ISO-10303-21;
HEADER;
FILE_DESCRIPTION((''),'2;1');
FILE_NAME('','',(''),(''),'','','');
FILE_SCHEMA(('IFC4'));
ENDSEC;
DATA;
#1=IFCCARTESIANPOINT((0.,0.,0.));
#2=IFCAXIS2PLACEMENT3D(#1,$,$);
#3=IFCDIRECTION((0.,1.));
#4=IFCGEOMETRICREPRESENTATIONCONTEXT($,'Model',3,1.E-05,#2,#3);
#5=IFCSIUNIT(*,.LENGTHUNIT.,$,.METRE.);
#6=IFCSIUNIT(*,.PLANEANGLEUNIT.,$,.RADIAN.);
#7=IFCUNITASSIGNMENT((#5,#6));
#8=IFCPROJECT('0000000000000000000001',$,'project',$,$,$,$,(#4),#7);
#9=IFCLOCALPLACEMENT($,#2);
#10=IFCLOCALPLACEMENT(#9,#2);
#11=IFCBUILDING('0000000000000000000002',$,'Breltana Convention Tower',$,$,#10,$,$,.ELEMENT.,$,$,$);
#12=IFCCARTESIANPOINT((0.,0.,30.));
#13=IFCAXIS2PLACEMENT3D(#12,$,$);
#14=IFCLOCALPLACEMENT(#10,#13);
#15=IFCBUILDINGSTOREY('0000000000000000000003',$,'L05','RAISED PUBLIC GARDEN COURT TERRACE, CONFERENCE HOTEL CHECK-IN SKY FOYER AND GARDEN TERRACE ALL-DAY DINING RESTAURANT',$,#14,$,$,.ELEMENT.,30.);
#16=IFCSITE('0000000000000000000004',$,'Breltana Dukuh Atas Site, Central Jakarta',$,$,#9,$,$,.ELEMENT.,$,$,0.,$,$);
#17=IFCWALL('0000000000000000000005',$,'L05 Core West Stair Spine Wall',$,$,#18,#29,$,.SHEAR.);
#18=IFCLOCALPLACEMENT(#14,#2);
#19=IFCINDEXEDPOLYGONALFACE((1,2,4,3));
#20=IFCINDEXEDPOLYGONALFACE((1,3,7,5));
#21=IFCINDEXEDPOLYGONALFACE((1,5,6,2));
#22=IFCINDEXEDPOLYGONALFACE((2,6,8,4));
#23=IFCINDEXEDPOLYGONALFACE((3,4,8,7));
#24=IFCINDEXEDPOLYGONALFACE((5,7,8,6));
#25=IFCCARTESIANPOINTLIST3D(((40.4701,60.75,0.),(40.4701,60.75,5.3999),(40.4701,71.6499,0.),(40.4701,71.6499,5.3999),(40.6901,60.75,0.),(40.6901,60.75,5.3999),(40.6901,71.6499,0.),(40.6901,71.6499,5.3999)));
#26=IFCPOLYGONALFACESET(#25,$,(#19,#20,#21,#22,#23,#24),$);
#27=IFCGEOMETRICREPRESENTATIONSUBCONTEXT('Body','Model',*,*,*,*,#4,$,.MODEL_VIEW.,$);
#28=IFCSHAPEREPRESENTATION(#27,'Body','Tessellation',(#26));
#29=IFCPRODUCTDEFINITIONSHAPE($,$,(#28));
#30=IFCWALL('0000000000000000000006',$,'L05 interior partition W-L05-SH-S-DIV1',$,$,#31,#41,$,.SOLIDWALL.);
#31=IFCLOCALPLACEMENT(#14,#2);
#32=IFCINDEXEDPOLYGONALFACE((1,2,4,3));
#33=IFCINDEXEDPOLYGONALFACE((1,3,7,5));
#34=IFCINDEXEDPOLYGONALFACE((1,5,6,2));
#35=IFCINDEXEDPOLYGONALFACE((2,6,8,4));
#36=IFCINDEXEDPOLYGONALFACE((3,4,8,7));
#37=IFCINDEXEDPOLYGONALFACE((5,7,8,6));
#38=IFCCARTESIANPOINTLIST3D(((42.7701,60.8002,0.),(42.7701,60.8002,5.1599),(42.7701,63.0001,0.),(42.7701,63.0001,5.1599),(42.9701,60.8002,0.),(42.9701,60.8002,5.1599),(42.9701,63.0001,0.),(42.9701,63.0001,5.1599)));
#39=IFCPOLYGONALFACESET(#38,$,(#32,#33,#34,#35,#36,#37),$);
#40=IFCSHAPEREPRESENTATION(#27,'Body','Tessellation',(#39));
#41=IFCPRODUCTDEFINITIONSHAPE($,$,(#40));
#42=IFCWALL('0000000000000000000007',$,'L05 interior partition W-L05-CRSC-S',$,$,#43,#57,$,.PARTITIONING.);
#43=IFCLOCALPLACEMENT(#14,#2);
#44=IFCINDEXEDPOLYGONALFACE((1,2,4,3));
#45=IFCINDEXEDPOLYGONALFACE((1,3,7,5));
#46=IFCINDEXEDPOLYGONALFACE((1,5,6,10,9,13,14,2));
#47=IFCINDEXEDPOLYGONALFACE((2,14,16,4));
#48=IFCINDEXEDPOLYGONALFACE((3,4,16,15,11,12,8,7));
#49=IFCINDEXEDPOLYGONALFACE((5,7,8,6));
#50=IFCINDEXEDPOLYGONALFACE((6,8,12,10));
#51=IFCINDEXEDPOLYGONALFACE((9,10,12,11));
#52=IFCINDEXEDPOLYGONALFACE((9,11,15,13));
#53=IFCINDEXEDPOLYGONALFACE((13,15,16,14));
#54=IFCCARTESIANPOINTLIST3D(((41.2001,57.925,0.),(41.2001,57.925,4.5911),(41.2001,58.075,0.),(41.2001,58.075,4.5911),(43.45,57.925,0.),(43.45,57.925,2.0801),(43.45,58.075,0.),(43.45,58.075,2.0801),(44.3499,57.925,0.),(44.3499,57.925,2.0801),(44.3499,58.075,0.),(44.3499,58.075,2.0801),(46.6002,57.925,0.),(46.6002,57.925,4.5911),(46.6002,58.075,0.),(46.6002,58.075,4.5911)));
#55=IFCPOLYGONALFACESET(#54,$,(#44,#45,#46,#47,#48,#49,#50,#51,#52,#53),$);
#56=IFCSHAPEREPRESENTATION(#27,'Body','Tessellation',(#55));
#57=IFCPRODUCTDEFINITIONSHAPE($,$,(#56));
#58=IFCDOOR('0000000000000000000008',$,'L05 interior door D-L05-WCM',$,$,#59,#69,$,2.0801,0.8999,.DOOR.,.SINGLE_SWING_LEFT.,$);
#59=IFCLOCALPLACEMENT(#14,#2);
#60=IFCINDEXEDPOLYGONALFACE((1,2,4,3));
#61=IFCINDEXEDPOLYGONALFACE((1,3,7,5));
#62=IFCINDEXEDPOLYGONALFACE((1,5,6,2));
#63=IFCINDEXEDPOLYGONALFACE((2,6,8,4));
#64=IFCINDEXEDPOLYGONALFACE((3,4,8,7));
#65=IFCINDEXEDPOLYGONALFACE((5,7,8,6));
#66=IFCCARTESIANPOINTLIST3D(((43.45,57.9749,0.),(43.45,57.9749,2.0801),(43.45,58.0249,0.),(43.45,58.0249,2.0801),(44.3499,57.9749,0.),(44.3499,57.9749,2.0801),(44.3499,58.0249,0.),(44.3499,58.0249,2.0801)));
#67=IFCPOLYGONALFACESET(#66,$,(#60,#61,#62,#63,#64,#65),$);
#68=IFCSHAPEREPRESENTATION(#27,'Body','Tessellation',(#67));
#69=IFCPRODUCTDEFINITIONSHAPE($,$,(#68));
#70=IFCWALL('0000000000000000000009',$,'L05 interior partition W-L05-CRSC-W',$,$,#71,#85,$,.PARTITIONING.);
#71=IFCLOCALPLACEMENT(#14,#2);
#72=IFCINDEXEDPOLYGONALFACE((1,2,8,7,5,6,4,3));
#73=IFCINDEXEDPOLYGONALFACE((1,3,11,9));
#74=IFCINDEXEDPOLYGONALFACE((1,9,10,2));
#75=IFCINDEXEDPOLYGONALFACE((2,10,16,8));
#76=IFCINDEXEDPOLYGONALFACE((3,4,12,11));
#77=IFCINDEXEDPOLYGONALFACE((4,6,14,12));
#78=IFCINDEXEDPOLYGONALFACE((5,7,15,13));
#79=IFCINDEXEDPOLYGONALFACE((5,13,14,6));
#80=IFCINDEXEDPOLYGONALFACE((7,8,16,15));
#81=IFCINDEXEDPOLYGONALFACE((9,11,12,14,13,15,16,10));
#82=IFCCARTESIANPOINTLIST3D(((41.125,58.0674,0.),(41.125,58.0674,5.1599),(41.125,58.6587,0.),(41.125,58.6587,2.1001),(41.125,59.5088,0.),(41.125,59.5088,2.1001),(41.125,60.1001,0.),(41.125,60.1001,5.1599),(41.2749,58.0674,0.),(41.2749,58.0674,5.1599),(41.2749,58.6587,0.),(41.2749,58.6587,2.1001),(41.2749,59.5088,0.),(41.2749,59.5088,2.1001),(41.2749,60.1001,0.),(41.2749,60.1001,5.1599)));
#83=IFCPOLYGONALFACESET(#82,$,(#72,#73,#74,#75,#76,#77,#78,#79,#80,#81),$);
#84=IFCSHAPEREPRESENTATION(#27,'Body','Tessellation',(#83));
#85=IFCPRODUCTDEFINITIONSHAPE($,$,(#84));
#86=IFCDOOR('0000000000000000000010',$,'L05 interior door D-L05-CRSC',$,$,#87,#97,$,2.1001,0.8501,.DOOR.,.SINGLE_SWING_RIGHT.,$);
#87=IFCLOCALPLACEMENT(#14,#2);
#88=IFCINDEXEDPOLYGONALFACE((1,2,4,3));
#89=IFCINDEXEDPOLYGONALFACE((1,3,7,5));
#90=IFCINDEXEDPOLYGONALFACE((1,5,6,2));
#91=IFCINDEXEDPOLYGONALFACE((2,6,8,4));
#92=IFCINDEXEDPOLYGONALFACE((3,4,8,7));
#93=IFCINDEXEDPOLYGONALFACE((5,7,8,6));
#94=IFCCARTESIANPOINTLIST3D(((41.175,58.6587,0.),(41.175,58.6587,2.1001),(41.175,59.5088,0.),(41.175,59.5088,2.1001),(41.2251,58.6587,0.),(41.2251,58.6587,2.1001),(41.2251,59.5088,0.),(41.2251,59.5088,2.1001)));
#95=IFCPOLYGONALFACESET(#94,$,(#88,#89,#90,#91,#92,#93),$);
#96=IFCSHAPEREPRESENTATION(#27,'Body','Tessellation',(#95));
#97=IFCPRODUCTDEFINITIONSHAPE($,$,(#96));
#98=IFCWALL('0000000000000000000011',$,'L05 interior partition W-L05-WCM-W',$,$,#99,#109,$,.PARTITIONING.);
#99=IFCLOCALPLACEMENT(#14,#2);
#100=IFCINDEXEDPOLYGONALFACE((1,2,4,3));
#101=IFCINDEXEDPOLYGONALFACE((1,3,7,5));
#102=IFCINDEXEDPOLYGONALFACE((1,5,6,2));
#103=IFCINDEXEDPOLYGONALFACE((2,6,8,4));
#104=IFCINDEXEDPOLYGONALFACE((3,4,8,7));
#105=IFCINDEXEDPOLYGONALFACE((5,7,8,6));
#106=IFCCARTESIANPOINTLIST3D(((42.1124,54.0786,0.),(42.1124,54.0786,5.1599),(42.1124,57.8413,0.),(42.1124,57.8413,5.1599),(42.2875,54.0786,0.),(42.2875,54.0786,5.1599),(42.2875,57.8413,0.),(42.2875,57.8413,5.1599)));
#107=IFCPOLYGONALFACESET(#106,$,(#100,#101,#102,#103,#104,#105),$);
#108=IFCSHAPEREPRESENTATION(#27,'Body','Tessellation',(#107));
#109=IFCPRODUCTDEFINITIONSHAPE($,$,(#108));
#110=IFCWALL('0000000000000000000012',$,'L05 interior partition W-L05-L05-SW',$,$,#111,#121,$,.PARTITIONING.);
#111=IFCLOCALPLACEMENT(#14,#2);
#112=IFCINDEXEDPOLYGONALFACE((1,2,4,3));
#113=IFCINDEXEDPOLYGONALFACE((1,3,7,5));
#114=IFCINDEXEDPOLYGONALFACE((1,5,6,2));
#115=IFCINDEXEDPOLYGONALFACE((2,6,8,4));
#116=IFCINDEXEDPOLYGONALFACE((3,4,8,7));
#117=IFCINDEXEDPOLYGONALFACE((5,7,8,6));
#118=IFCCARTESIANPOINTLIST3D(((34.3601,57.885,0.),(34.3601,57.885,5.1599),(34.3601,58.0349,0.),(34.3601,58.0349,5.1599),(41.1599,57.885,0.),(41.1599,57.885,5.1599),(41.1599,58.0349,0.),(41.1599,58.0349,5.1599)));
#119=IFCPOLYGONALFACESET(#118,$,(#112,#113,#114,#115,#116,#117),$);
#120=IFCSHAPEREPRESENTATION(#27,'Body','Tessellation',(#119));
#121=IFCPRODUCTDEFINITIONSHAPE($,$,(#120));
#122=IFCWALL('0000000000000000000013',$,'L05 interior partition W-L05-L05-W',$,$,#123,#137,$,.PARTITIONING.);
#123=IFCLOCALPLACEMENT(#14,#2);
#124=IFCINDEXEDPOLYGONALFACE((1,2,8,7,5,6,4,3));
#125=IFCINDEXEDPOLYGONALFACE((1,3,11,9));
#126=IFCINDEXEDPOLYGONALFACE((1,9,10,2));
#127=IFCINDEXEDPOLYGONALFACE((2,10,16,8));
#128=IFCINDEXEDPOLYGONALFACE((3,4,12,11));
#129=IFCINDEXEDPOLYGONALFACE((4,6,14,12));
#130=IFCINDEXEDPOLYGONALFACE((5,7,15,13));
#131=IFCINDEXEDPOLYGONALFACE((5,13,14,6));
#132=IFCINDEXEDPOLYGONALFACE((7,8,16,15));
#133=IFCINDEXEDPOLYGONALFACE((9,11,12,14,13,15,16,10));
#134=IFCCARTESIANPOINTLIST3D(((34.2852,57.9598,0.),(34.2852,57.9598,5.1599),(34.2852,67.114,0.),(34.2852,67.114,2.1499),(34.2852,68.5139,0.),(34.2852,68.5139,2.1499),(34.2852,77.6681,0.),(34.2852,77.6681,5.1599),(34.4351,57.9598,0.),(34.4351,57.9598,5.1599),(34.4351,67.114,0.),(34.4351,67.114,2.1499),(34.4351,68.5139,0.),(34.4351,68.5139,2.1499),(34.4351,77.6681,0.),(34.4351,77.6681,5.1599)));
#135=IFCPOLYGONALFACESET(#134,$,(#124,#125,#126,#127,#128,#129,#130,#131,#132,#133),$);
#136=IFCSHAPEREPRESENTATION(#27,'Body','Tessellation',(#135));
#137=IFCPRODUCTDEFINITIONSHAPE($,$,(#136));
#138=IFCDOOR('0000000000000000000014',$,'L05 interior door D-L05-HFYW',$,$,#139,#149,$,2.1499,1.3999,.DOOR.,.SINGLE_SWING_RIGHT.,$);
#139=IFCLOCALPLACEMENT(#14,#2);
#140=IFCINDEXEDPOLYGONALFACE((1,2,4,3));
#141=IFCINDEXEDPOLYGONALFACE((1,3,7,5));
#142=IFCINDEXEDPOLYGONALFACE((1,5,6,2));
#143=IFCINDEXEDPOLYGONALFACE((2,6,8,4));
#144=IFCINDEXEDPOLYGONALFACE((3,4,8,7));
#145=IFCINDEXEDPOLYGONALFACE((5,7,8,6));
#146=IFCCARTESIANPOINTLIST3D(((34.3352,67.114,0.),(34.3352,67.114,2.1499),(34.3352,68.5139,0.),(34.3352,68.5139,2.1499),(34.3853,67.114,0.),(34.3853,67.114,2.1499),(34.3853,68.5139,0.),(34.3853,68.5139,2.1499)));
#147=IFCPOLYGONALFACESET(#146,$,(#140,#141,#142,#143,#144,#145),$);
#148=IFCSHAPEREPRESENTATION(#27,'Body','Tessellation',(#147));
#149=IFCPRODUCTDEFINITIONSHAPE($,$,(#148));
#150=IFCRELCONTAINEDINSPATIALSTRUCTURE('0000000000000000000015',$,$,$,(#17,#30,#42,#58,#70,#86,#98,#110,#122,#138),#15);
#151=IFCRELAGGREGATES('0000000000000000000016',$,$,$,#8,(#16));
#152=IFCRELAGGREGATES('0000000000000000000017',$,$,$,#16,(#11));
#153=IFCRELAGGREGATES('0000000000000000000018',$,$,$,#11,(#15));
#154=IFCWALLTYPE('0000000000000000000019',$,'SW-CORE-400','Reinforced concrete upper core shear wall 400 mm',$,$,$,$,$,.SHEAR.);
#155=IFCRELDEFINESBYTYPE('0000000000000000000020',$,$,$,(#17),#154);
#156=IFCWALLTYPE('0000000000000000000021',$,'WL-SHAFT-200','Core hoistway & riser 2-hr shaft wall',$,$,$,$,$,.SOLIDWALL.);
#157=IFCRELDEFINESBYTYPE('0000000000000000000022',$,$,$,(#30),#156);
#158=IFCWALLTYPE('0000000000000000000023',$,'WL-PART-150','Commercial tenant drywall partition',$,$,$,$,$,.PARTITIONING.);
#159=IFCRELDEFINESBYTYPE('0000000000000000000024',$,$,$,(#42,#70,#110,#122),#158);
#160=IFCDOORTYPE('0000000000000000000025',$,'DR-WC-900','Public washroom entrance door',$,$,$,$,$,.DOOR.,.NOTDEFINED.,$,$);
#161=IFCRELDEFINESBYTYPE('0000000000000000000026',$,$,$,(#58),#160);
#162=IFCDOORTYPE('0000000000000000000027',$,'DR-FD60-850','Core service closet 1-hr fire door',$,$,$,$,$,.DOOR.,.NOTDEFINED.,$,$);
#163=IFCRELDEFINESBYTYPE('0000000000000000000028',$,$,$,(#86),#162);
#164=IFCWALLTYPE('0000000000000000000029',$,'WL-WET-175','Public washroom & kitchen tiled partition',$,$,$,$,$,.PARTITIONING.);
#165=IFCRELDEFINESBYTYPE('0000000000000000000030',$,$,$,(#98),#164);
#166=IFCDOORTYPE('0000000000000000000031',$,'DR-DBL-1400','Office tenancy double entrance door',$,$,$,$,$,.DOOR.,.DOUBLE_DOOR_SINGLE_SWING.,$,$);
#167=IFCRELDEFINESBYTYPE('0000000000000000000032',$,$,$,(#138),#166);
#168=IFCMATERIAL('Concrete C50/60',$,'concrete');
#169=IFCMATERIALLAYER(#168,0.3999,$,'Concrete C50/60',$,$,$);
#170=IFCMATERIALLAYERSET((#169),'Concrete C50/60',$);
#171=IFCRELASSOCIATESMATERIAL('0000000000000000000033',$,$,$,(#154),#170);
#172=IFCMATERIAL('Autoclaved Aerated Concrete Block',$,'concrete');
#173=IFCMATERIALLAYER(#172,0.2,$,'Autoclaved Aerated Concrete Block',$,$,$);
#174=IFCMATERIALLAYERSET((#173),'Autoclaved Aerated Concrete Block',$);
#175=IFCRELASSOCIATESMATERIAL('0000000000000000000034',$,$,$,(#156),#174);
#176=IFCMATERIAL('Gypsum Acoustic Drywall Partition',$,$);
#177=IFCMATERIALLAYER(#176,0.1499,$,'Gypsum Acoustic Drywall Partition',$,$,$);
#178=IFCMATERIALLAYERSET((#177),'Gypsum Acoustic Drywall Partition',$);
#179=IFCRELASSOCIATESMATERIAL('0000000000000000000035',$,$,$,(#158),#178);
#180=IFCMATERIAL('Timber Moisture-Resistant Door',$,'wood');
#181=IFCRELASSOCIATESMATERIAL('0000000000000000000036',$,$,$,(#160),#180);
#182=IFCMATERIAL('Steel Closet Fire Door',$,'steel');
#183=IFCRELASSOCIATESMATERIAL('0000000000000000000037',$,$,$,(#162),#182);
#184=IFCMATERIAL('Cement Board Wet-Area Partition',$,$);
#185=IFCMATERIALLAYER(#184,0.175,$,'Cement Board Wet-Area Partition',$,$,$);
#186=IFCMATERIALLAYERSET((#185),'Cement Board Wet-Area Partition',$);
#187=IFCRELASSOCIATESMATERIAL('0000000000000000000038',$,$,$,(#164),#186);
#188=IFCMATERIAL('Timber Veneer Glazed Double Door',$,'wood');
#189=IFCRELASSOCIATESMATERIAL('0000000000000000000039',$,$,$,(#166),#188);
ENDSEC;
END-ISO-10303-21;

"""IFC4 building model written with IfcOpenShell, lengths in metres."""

from ifc_helpers import new_model, si_unit, direction, frame, frame_2d, origin, place, context, subcontext, project, spatial, rectangle, extrude, source, transform, mapped, material, layer, layer_set, type_object, type_shapes, element, fill, save


model = new_model("IFC4")

# Units and contexts
model_context = context("Model", 3, precision=1e-05, world=origin(), true_north=direction((0.0, 1.0)))
body_context = subcontext(model_context, "Body", "Model", "MODEL_VIEW")
ifc_project = project(units=[si_unit("LENGTHUNIT", "METRE"), si_unit("PLANEANGLEUNIT", "RADIAN")], contexts=[model_context])

# Site, building, storey
site_placement = place(None, origin())
site = spatial("IfcSite", under=ifc_project, at=site_placement, Name="Breltana Dukuh Atas Site, Central Jakarta", CompositionType="ELEMENT", RefElevation=0.0)
building_placement = place(site_placement, origin())
building = spatial("IfcBuilding", under=site, at=building_placement, Name="Breltana Convention Tower", CompositionType="ELEMENT")
storey_placement = place(building_placement, frame((0.0, 0.0, 30.0)))
storey = spatial("IfcBuildingStorey", under=building, at=storey_placement, Name="L05", Description="RAISED PUBLIC GARDEN COURT TERRACE, CONFERENCE HOTEL CHECK-IN SKY FOYER AND GARDEN TERRACE ALL-DAY DINING RESTAURANT", CompositionType="ELEMENT", Elevation=30.0)

# Wall
ifc_material_1 = material(Name="Concrete C50/60", Category="concrete")
ifc_layer_1 = layer(ifc_material_1, 0.3999, Name="Concrete C50/60")
ifc_layer_set_1 = layer_set([ifc_layer_1], Name="Concrete C50/60")
wall_type_1 = type_object("IfcWallType", Name="SW-CORE-400", Description="Reinforced concrete upper core shear wall 400 mm", PredefinedType="SHEAR", material=ifc_layer_set_1)
shared_shape_1 = source(origin(), body_context, "Body", "SweptSolid", [
    extrude(rectangle(XDim=10.8999, YDim=0.22, at=frame_2d((5.45, 0.0))), origin(), (0.0, 0.0, 1.0), 5.3999),
])
wall_1_placement = place(storey_placement, frame((40.5801, 60.75, 0.0), z_axis=(0.0, 0.0, 1.0), x_axis=(0.0, 1.0, 0.0)))
element("IfcWall", 1, at=wall_1_placement, inside=storey, type_object=wall_type_1, Name="L05 Core West Stair Spine Wall", PredefinedType="SHEAR", context=body_context, shape_type="MappedRepresentation", body=[
    mapped(shared_shape_1, transform((0.0, 0.0, 0.0), scale=1.0)),
])

# Shared definitions
ifc_material_2 = material(Name="Autoclaved Aerated Concrete Block", Category="concrete")
ifc_layer_2 = layer(ifc_material_2, 0.2, Name="Autoclaved Aerated Concrete Block")
ifc_layer_set_2 = layer_set([ifc_layer_2], Name="Autoclaved Aerated Concrete Block")
wall_type_2 = type_object("IfcWallType", Name="WL-SHAFT-200", Description="Core hoistway & riser 2-hr shaft wall", PredefinedType="SOLIDWALL", material=ifc_layer_set_2)

# Wall
shared_shape_2 = source(origin(), body_context, "Body", "SweptSolid", [
    extrude(rectangle(XDim=2.2, YDim=0.2, at=frame_2d((1.1001, 0.0))), origin(), (0.0, 0.0, 1.0), 5.1599),
])
wall_2_placement = place(storey_placement, frame((42.8701, 60.8, 0.0), z_axis=(0.0, 0.0, 1.0), x_axis=(0.0, 1.0, 0.0)))
element("IfcWall", 2, at=wall_2_placement, inside=storey, type_object=wall_type_2, Name="L05 interior partition W-L05-SH-S-DIV1", PredefinedType="SOLIDWALL", context=body_context, shape_type="MappedRepresentation", body=[
    mapped(shared_shape_2, transform((0.0, 0.0, 0.0), scale=1.0)),
])

# Walls, openings, doors
ifc_material_3 = material(Name="Gypsum Acoustic Drywall Partition")
ifc_layer_3 = layer(ifc_material_3, 0.1499, Name="Gypsum Acoustic Drywall Partition")
ifc_layer_set_3 = layer_set([ifc_layer_3], Name="Gypsum Acoustic Drywall Partition")
wall_type_3 = type_object("IfcWallType", Name="WL-PART-150", Description="Commercial tenant drywall partition", PredefinedType="PARTITIONING", material=ifc_layer_set_3)
shared_shape_3 = source(origin(), body_context, "Body", "SweptSolid", [
    extrude(rectangle(XDim=5.4001, YDim=0.1499, at=frame_2d((2.7002, 0.0))), origin(), (0.0, 0.0, 1.0), 4.5911),
])
wall_3_placement = place(storey_placement, frame((41.2, 58.0, 0.0), z_axis=(0.0, 0.0, 1.0), x_axis=(1.0, 0.0, 0.0)))
wall_3 = element("IfcWall", 3, at=wall_3_placement, inside=storey, type_object=wall_type_3, Name="L05 interior partition W-L05-CRSC-S", PredefinedType="PARTITIONING", context=body_context, shape_type="MappedRepresentation", body=[
    mapped(shared_shape_3, transform((0.0, 0.0, 0.0), scale=1.0)),
])
opening_1_placement = place(wall_3_placement, frame((2.25, 0.0, 0.0)))
opening_1 = element("IfcOpeningElement", 4, at=opening_1_placement, cuts=wall_3, PredefinedType="OPENING", context=body_context, shape_type="SweptSolid", body=[
    extrude(rectangle(XDim=0.8999, YDim=2.0801, at=frame_2d((0.45, 1.04))), frame((0.0, 0.085, 0.0), z_axis=(0.0, -1.0, 0.0), x_axis=(1.0, 0.0, 0.0)), (0.0, 0.0, 1.0), 0.1699),
])
ifc_material_4 = material(Name="Timber Moisture-Resistant Door", Category="wood")
door_type_1 = type_object("IfcDoorType", Name="DR-WC-900", Description="Public washroom entrance door", OperationType="NOTDEFINED", PredefinedType="DOOR", material=ifc_material_4)
shared_shape_4 = source(origin(), body_context, "Body", "SweptSolid", [
    extrude(rectangle(XDim=0.8999, YDim=2.0801, at=frame_2d((0.45, 1.04))), frame((0.0, 0.0249, 0.0), z_axis=(0.0, -1.0, 0.0), x_axis=(1.0, 0.0, 0.0)), (0.0, 0.0, 1.0), 0.05),
])
type_shapes(door_type_1, [shared_shape_4])
door_1_placement = place(opening_1_placement, origin())
door_1 = element("IfcDoor", 5, at=door_1_placement, inside=storey, type_object=door_type_1, Name="L05 interior door D-L05-WCM", OperationType="SINGLE_SWING_LEFT", OverallHeight=2.0801, OverallWidth=0.8999, PredefinedType="DOOR", context=body_context, shape_type="MappedRepresentation", body=[
    mapped(shared_shape_4, transform((0.0, 0.0, 0.0), scale=1.0)),
])
fill(opening_1, door_1)
shared_shape_5 = source(origin(), body_context, "Body", "SweptSolid", [
    extrude(rectangle(XDim=2.0327, YDim=0.1499, at=frame_2d((1.0164, 0.0))), origin(), (0.0, 0.0, 1.0), 5.1599),
])
wall_4_placement = place(storey_placement, frame((41.2, 58.0674, 0.0), z_axis=(0.0, 0.0, 1.0), x_axis=(0.0, 1.0, 0.0)))
wall_4 = element("IfcWall", 6, at=wall_4_placement, inside=storey, type_object=wall_type_3, Name="L05 interior partition W-L05-CRSC-W", PredefinedType="PARTITIONING", context=body_context, shape_type="MappedRepresentation", body=[
    mapped(shared_shape_5, transform((0.0, 0.0, 0.0), scale=1.0)),
])
opening_2_placement = place(wall_4_placement, frame((0.5913, 0.0, 0.0)))
opening_2 = element("IfcOpeningElement", 7, at=opening_2_placement, cuts=wall_4, PredefinedType="OPENING", context=body_context, shape_type="SweptSolid", body=[
    extrude(rectangle(XDim=0.8501, YDim=2.1001, at=frame_2d((0.425, 1.05))), frame((0.0, 0.085, 0.0), z_axis=(0.0, -1.0, 0.0), x_axis=(1.0, 0.0, 0.0)), (0.0, 0.0, 1.0), 0.1699),
])
ifc_material_5 = material(Name="Steel Closet Fire Door", Category="steel")
door_type_2 = type_object("IfcDoorType", Name="DR-FD60-850", Description="Core service closet 1-hr fire door", OperationType="NOTDEFINED", PredefinedType="DOOR", material=ifc_material_5)
shared_shape_6 = source(origin(), body_context, "Body", "SweptSolid", [
    extrude(rectangle(XDim=0.8501, YDim=2.1001, at=frame_2d((0.425, 1.05))), frame((0.0, 0.0249, 0.0), z_axis=(0.0, -1.0, 0.0), x_axis=(1.0, 0.0, 0.0)), (0.0, 0.0, 1.0), 0.05),
])
type_shapes(door_type_2, [shared_shape_6])
door_2_placement = place(opening_2_placement, origin())
door_2 = element("IfcDoor", 8, at=door_2_placement, inside=storey, type_object=door_type_2, Name="L05 interior door D-L05-CRSC", OperationType="SINGLE_SWING_RIGHT", OverallHeight=2.1001, OverallWidth=0.8501, PredefinedType="DOOR", context=body_context, shape_type="MappedRepresentation", body=[
    mapped(shared_shape_6, transform((0.0, 0.0, 0.0), scale=1.0)),
])
fill(opening_2, door_2)

# Walls
ifc_material_6 = material(Name="Cement Board Wet-Area Partition")
ifc_layer_4 = layer(ifc_material_6, 0.175, Name="Cement Board Wet-Area Partition")
ifc_layer_set_4 = layer_set([ifc_layer_4], Name="Cement Board Wet-Area Partition")
wall_type_4 = type_object("IfcWallType", Name="WL-WET-175", Description="Public washroom & kitchen tiled partition", PredefinedType="PARTITIONING", material=ifc_layer_set_4)
shared_shape_7 = source(origin(), body_context, "Body", "SweptSolid", [
    extrude(rectangle(XDim=3.7627, YDim=0.175, at=frame_2d((1.8813, 0.0))), origin(), (0.0, 0.0, 1.0), 5.1599),
])
wall_5_placement = place(storey_placement, frame((42.2, 54.0786, 0.0), z_axis=(0.0, 0.0, 1.0), x_axis=(0.0, 1.0, 0.0)))
element("IfcWall", 9, at=wall_5_placement, inside=storey, type_object=wall_type_4, Name="L05 interior partition W-L05-WCM-W", PredefinedType="PARTITIONING", context=body_context, shape_type="MappedRepresentation", body=[
    mapped(shared_shape_7, transform((0.0, 0.0, 0.0), scale=1.0)),
])
shared_shape_8 = source(origin(), body_context, "Body", "SweptSolid", [
    extrude(rectangle(XDim=6.7998, YDim=0.1499, at=frame_2d((3.3999, 0.0))), origin(), (0.0, 0.0, 1.0), 5.1599),
])
wall_6_placement = place(storey_placement, frame((34.3601, 57.96, 0.0), z_axis=(0.0, 0.0, 1.0), x_axis=(1.0, 0.0, 0.0)))
element("IfcWall", 10, at=wall_6_placement, inside=storey, type_object=wall_type_3, Name="L05 interior partition W-L05-L05-SW", PredefinedType="PARTITIONING", context=body_context, shape_type="MappedRepresentation", body=[
    mapped(shared_shape_8, transform((0.0, 0.0, 0.0), scale=1.0)),
])

# Wall, opening, door
shared_shape_9 = source(origin(), body_context, "Body", "SweptSolid", [
    extrude(rectangle(XDim=19.7083, YDim=0.1499, at=frame_2d((9.854, 0.0))), origin(), (0.0, 0.0, 1.0), 5.1599),
])
wall_7_placement = place(storey_placement, frame((34.3601, 57.96, 0.0), z_axis=(0.0, 0.0, 1.0), x_axis=(0.0, 1.0, 0.0)))
wall_7 = element("IfcWall", 11, at=wall_7_placement, inside=storey, type_object=wall_type_3, Name="L05 interior partition W-L05-L05-W", PredefinedType="PARTITIONING", context=body_context, shape_type="MappedRepresentation", body=[
    mapped(shared_shape_9, transform((0.0, 0.0, 0.0), scale=1.0)),
])
opening_3_placement = place(wall_7_placement, frame((9.1541, 0.0, 0.0)))
opening_3 = element("IfcOpeningElement", 12, at=opening_3_placement, cuts=wall_7, PredefinedType="OPENING", context=body_context, shape_type="SweptSolid", body=[
    extrude(rectangle(XDim=1.3999, YDim=2.1499, at=frame_2d((0.7, 1.075))), frame((0.0, 0.085, 0.0), z_axis=(0.0, -1.0, 0.0), x_axis=(1.0, 0.0, 0.0)), (0.0, 0.0, 1.0), 0.1699),
])
ifc_material_7 = material(Name="Timber Veneer Glazed Double Door", Category="wood")
door_type_3 = type_object("IfcDoorType", Name="DR-DBL-1400", Description="Office tenancy double entrance door", OperationType="DOUBLE_DOOR_SINGLE_SWING", PredefinedType="DOOR", material=ifc_material_7)
shared_shape_10 = source(origin(), body_context, "Body", "SweptSolid", [
    extrude(rectangle(XDim=1.3999, YDim=2.1499, at=frame_2d((0.7, 1.075))), frame((0.0, 0.0249, 0.0), z_axis=(0.0, -1.0, 0.0), x_axis=(1.0, 0.0, 0.0)), (0.0, 0.0, 1.0), 0.05),
])
type_shapes(door_type_3, [shared_shape_10])
door_3_placement = place(opening_3_placement, origin())
door_3 = element("IfcDoor", 13, at=door_3_placement, inside=storey, type_object=door_type_3, Name="L05 interior door D-L05-HFYW", OperationType="SINGLE_SWING_RIGHT", OverallHeight=2.1499, OverallWidth=1.3999, PredefinedType="DOOR", context=body_context, shape_type="MappedRepresentation", body=[
    mapped(shared_shape_10, transform((0.0, 0.0, 0.0), scale=1.0)),
])
fill(opening_3, door_3)

save(model, "model.ifc")
